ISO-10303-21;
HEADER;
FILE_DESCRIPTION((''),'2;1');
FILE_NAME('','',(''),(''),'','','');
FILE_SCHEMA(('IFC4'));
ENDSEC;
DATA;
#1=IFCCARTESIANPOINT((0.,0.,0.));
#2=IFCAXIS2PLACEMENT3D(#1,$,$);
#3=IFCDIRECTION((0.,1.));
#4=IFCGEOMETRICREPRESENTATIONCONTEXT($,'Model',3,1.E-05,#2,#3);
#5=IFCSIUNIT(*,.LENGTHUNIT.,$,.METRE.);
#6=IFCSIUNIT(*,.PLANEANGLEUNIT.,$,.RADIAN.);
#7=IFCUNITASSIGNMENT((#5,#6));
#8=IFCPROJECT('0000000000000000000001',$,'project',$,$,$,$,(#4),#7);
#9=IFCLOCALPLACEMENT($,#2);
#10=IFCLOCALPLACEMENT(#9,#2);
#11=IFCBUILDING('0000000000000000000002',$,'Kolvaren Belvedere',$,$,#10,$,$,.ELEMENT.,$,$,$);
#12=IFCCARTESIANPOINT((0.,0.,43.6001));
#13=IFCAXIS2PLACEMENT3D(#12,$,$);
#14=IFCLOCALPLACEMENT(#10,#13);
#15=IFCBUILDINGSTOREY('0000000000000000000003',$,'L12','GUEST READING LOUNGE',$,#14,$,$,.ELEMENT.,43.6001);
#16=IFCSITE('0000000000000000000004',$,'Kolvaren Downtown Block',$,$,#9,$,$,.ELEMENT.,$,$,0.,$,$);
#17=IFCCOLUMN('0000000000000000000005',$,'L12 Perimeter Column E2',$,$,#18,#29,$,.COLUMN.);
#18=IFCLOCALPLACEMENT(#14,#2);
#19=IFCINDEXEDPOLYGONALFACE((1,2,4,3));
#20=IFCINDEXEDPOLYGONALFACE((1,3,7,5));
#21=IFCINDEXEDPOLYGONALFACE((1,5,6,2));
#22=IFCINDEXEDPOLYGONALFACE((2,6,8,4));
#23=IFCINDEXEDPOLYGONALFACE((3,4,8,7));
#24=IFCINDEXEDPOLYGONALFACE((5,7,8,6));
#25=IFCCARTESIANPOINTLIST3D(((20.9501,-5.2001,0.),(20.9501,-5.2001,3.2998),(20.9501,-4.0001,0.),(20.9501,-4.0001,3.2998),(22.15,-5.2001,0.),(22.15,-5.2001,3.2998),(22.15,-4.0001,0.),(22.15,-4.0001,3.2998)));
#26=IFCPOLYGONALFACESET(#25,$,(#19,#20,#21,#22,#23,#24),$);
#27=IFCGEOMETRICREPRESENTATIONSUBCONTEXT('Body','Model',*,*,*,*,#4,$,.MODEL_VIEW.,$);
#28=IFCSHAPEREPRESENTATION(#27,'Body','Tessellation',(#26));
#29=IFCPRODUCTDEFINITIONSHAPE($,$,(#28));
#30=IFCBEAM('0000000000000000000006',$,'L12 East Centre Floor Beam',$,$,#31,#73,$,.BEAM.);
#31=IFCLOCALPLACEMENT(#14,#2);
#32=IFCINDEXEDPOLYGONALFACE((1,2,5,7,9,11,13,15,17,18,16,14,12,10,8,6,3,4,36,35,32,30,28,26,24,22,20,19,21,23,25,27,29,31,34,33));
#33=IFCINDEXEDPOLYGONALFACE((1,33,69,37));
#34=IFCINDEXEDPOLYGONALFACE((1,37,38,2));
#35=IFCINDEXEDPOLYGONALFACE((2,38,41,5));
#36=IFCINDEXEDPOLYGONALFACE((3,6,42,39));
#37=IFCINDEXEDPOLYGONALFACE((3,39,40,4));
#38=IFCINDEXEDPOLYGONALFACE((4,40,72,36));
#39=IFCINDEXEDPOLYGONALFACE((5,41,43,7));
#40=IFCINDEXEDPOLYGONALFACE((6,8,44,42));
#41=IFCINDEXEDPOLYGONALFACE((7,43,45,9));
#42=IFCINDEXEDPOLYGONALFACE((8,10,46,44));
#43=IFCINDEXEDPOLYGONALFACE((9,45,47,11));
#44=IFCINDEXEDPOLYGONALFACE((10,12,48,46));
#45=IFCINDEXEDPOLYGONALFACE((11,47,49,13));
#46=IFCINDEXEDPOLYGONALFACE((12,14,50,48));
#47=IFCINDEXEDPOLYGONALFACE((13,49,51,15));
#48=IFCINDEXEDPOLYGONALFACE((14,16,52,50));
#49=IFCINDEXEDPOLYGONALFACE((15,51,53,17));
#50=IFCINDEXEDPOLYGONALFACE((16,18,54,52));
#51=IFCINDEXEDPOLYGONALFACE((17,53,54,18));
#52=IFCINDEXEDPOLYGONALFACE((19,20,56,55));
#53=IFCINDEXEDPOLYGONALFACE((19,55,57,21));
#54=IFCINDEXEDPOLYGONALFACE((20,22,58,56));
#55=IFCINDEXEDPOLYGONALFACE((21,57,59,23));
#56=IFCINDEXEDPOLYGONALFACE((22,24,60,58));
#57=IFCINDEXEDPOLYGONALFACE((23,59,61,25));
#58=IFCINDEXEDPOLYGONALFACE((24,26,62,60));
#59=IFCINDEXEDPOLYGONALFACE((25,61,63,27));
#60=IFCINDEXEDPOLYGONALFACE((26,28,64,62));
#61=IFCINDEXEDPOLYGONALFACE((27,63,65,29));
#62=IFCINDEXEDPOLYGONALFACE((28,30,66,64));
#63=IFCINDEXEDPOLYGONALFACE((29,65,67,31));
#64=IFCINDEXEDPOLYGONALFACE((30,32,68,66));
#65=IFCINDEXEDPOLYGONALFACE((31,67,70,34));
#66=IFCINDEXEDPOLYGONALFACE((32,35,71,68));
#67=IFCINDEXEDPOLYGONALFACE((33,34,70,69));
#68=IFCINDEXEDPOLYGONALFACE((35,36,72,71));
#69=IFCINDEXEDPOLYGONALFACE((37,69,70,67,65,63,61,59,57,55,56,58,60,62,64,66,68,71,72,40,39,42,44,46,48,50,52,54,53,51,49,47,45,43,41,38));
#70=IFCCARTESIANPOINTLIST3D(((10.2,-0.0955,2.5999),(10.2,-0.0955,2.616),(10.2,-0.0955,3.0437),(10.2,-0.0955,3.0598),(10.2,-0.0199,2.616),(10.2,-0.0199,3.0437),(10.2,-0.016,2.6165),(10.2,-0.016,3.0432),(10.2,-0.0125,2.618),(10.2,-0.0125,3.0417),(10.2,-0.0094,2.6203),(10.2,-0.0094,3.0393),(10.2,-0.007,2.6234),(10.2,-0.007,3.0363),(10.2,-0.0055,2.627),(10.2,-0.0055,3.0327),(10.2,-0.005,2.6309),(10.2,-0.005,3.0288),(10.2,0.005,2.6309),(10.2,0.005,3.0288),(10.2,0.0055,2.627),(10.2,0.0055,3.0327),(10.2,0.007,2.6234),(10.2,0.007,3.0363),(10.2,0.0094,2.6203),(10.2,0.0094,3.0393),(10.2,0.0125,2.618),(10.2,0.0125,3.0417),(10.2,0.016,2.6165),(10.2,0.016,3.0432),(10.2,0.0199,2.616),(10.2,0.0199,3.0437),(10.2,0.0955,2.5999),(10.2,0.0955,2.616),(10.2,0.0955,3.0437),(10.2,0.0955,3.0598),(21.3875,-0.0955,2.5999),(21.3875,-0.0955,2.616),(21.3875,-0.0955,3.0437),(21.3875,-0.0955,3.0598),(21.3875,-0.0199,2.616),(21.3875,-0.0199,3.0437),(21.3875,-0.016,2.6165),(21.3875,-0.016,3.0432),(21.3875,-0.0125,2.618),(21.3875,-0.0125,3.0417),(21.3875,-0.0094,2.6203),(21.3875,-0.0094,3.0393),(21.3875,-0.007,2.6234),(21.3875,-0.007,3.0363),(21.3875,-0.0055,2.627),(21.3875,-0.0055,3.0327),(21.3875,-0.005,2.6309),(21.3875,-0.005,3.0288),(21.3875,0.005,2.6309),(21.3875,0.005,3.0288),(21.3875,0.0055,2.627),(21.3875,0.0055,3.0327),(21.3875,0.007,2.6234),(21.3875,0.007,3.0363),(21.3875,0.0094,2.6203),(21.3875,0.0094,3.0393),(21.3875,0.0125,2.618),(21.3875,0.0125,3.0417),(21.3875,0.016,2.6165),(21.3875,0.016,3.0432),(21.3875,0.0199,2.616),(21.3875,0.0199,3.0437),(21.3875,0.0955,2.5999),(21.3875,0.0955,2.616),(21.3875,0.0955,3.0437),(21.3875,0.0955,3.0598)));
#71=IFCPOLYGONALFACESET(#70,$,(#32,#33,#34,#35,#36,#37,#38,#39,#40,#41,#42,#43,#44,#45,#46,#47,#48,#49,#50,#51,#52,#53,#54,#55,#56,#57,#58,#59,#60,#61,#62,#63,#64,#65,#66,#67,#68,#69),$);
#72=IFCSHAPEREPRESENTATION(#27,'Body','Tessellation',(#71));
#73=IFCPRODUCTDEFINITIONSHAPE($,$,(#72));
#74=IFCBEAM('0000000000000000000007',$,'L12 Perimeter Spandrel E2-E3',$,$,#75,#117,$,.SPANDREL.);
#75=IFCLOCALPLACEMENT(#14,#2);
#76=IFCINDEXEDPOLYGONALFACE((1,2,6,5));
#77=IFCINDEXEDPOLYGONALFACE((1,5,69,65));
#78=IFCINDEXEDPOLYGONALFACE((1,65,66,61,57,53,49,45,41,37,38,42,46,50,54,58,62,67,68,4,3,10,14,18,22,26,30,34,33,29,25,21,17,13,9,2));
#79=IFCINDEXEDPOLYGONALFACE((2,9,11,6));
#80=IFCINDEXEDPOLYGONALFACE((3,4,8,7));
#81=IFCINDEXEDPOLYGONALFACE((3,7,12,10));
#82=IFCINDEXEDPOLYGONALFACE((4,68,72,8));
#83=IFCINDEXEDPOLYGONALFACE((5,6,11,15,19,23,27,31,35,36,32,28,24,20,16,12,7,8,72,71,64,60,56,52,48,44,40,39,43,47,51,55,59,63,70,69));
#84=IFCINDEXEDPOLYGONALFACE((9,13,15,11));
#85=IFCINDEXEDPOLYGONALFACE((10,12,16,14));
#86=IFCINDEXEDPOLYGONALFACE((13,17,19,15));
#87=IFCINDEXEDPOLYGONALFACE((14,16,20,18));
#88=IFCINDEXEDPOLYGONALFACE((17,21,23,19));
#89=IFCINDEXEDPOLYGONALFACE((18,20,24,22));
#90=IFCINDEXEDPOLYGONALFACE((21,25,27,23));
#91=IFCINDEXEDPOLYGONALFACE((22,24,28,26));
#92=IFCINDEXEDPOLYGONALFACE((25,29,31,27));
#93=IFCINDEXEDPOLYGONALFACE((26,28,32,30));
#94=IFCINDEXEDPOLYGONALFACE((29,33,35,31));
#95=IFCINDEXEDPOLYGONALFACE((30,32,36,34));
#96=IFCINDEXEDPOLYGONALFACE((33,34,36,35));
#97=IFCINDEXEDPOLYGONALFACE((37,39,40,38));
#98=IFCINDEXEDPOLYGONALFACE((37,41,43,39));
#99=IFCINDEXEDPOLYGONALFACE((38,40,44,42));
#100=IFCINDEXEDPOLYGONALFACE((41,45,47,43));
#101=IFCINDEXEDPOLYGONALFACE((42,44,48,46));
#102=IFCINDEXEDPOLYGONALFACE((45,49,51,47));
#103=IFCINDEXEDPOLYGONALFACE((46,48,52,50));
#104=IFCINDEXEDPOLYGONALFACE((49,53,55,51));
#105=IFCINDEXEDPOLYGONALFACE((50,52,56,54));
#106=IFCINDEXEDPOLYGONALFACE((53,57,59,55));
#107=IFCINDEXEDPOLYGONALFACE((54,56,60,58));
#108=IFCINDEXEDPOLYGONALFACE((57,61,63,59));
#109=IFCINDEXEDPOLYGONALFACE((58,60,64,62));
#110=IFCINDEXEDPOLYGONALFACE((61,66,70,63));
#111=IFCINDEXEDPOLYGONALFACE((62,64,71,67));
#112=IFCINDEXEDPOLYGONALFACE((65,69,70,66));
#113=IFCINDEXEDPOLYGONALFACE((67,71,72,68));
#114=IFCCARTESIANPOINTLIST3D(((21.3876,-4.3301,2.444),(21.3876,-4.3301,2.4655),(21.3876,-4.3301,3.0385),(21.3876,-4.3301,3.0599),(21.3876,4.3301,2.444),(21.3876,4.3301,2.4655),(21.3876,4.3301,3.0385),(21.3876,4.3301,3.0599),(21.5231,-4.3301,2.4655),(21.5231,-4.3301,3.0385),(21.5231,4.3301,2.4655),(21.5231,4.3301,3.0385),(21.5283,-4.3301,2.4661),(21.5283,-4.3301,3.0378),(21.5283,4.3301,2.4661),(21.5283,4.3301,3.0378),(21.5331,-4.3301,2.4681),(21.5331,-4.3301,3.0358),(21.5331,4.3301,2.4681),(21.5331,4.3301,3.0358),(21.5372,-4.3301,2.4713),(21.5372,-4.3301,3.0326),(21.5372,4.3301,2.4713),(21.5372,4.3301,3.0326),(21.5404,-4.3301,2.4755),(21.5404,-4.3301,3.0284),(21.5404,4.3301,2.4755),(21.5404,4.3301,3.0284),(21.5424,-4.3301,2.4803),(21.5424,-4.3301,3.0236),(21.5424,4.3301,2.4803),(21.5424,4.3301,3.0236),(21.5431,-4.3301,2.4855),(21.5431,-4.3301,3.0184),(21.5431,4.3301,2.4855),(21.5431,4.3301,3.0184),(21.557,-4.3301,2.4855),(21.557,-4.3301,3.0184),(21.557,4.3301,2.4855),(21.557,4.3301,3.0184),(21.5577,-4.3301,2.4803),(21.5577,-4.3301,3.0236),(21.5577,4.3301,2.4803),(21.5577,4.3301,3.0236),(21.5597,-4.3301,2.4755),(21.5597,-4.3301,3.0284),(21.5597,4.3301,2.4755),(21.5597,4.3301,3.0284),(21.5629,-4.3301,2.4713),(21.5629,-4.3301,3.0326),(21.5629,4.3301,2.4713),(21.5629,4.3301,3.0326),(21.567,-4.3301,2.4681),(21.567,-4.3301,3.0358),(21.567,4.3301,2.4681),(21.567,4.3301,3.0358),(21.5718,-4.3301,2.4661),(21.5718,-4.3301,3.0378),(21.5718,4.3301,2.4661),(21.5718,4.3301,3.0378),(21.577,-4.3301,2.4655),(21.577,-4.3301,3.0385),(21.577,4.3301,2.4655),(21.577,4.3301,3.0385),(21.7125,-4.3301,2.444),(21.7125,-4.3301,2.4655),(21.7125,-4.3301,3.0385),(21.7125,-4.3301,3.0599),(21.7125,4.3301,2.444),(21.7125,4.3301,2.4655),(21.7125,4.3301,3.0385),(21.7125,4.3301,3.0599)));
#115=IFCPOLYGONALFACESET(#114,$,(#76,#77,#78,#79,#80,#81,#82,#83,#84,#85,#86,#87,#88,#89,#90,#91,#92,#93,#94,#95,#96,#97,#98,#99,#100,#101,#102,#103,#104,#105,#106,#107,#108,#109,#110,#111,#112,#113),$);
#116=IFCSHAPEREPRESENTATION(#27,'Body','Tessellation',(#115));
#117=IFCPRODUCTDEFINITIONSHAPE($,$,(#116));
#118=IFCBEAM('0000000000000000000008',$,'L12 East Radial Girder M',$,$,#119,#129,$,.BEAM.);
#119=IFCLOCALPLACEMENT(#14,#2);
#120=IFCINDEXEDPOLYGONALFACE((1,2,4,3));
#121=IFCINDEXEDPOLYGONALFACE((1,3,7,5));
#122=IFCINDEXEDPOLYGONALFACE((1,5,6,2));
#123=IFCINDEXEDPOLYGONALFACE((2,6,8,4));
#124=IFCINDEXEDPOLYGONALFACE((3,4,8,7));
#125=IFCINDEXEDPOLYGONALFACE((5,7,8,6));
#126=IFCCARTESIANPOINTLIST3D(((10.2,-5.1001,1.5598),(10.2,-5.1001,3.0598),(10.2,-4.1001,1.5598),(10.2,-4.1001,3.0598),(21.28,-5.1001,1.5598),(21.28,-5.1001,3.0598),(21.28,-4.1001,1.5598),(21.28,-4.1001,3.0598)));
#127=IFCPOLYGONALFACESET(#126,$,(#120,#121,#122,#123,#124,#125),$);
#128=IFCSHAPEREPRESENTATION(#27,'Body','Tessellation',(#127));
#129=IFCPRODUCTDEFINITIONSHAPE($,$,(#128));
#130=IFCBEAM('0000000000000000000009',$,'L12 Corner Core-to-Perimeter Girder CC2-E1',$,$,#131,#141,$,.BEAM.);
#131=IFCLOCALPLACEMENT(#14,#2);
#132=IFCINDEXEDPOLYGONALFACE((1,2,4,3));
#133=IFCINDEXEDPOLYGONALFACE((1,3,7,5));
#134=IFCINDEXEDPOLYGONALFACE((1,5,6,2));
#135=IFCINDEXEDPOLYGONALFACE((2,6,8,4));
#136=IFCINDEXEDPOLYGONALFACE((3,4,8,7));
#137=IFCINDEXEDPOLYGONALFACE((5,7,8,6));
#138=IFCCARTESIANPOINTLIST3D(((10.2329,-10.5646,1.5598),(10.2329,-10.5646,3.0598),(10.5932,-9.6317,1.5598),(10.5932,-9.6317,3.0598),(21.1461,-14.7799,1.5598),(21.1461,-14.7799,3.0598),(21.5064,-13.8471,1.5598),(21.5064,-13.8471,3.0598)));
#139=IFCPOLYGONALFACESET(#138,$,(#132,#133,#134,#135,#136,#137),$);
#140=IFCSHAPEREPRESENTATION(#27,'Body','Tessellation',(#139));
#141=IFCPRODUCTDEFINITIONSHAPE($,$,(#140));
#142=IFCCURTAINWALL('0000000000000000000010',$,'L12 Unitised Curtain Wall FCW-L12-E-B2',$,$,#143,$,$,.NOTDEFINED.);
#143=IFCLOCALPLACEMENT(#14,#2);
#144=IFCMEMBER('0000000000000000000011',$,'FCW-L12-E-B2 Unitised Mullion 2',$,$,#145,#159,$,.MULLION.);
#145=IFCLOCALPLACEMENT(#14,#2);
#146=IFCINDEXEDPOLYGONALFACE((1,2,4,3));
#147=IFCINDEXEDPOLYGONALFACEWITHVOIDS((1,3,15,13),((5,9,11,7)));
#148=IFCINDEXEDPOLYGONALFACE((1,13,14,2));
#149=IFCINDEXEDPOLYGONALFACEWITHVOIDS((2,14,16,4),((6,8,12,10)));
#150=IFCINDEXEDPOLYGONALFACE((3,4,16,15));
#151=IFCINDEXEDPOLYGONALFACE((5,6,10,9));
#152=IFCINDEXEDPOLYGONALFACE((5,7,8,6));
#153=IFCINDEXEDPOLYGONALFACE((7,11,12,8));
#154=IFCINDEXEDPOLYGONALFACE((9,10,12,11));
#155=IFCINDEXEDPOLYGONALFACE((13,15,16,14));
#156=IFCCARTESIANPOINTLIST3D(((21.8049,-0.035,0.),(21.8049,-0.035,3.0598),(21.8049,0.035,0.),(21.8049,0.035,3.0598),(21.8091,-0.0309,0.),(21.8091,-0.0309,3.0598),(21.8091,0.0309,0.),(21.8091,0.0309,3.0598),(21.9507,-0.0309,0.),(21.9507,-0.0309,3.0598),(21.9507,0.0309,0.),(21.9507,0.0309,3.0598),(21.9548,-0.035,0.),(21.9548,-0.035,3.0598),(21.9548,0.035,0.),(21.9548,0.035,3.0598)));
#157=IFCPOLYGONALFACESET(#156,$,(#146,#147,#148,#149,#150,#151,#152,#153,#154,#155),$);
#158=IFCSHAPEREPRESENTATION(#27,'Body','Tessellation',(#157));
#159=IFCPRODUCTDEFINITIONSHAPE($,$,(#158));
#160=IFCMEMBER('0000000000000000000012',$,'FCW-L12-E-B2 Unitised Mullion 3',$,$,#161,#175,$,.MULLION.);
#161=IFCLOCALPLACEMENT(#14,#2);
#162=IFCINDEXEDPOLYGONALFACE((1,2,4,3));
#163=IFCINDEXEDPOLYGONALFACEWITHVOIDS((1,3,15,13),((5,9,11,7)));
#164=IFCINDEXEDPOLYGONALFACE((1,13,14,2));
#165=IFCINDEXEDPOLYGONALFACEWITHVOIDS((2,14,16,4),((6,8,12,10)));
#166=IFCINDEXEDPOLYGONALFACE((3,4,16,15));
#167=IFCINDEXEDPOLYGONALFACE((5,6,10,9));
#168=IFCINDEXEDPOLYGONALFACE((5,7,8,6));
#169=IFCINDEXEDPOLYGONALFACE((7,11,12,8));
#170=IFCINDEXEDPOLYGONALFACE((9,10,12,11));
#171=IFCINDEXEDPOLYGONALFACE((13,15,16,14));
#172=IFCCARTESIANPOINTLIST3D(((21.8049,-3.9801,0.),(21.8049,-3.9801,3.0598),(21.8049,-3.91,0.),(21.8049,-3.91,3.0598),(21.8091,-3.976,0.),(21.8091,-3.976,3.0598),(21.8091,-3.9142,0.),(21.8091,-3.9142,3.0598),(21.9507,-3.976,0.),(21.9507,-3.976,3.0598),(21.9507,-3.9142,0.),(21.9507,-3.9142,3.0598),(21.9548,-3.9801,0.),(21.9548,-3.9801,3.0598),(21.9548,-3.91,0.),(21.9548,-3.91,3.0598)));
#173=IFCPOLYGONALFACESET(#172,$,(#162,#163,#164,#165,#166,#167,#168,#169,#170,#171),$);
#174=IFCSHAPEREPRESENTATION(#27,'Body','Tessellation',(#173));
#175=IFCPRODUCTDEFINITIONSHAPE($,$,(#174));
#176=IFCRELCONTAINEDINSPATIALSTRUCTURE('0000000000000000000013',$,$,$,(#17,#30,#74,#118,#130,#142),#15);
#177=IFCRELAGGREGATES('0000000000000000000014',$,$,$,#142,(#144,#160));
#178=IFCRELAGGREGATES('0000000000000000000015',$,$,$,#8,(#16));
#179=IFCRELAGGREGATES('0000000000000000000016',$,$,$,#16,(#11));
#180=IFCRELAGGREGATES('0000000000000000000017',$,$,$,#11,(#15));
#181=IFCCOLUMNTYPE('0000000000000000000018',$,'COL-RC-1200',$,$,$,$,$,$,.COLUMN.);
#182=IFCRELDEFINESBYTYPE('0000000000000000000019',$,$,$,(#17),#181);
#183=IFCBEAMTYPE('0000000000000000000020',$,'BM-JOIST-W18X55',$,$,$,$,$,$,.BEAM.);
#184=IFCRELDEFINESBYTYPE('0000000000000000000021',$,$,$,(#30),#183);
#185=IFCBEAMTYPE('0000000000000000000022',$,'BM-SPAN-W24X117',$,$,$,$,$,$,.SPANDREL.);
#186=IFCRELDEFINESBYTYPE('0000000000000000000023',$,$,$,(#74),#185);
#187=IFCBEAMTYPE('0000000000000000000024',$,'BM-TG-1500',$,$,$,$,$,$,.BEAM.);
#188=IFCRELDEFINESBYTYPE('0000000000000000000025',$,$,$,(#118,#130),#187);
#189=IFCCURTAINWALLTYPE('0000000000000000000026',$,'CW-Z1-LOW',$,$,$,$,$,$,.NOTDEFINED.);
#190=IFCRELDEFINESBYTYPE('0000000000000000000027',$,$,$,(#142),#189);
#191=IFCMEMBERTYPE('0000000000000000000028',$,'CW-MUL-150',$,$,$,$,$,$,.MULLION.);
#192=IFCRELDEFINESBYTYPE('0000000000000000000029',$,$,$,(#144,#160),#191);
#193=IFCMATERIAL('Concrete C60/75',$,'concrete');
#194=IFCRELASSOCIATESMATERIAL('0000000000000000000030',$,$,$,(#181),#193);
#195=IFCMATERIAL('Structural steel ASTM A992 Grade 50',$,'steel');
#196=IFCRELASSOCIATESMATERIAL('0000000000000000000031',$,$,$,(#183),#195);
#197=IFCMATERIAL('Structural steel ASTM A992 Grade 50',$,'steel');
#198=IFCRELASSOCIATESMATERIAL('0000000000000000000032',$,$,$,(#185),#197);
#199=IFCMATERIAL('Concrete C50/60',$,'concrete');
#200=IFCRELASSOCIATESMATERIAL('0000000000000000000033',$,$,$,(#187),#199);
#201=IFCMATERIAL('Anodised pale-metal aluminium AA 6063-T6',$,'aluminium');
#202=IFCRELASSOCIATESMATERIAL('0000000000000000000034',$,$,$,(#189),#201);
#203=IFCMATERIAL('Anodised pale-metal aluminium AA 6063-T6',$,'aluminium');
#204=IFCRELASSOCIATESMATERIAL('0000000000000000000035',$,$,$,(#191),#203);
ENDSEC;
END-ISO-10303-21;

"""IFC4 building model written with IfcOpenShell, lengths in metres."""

from ifc_helpers import new_model, si_unit, direction, frame, origin, origin_2d, place, context, subcontext, project, spatial, rectangle, hollow_rectangle, i_section, extrude, material, material_profile, profile_set, type_object, element, aggregate, save


model = new_model("IFC4")

# Units and contexts
model_context = context("Model", 3, precision=1e-05, world=origin(), true_north=direction((0.0, 1.0)))
body_context = subcontext(model_context, "Body", "Model", "MODEL_VIEW")
ifc_project = project(units=[si_unit("LENGTHUNIT", "METRE"), si_unit("PLANEANGLEUNIT", "RADIAN")], contexts=[model_context])

# Site, building, storey
site_placement = place(None, origin())
site = spatial("IfcSite", under=ifc_project, at=site_placement, Name="Kolvaren Downtown Block", CompositionType="ELEMENT", RefElevation=0.0)
building_placement = place(site_placement, origin())
building = spatial("IfcBuilding", under=site, at=building_placement, Name="Kolvaren Belvedere", CompositionType="ELEMENT")
storey_placement = place(building_placement, frame((0.0, 0.0, 43.6001)))
storey = spatial("IfcBuildingStorey", under=building, at=storey_placement, Name="L12", Description="GUEST READING LOUNGE", CompositionType="ELEMENT", Elevation=43.6001)

# Column
ifc_material_1 = material(Name="Concrete C60/75", Category="concrete")
ifc_material_profile_1 = material_profile(ifc_material_1, rectangle(XDim=1.2, YDim=1.2, at=origin_2d()), Name="RC 1200X1200")
ifc_profile_set_1 = profile_set([ifc_material_profile_1], Name="Concrete C60/75")
column_type = type_object("IfcColumnType", Name="COL-RC-1200", PredefinedType="COLUMN", material=ifc_profile_set_1)
column_placement = place(storey_placement, frame((21.55, -4.6001, 0.0), z_axis=(0.0, 0.0, 1.0), x_axis=(1.0, 0.0, 0.0)))
element("IfcColumn", 1, at=column_placement, inside=storey, type_object=column_type, Name="L12 Perimeter Column E2", PredefinedType="COLUMN", context=body_context, shape_type="SweptSolid", body=[
    extrude(rectangle(XDim=1.2, YDim=1.2, at=origin_2d()), origin(), (0.0, 0.0, 1.0), 3.2998),
])

# Beams
ifc_material_2 = material(Name="Structural steel ASTM A992 Grade 50", Category="steel")
ifc_material_profile_2 = material_profile(ifc_material_2, i_section(OverallWidth=0.1909, OverallDepth=0.46, WebThickness=0.01, FlangeThickness=0.0161, FilletRadius=0.0149, at=origin_2d()), Name="W18X55")
ifc_profile_set_2 = profile_set([ifc_material_profile_2], Name="Structural steel ASTM A992 Grade 50")
beam_type_1 = type_object("IfcBeamType", Name="BM-JOIST-W18X55", PredefinedType="BEAM", material=ifc_profile_set_2)
beam_1_placement = place(storey_placement, frame((10.2, 0.0, 2.8298), z_axis=(1.0, 0.0, 0.0), x_axis=(0.0, 1.0, 0.0)))
element("IfcBeam", 2, at=beam_1_placement, inside=storey, type_object=beam_type_1, Name="L12 East Centre Floor Beam", PredefinedType="BEAM", context=body_context, shape_type="SweptSolid", body=[
    extrude(i_section(OverallWidth=0.1909, OverallDepth=0.46, WebThickness=0.01, FlangeThickness=0.0161, FilletRadius=0.0149, at=origin_2d()), origin(), (0.0, 0.0, 1.0), 11.1875),
])
ifc_material_3 = material(Name="Structural steel ASTM A992 Grade 50", Category="steel")
ifc_material_profile_3 = material_profile(ifc_material_3, i_section(OverallWidth=0.325, OverallDepth=0.616, WebThickness=0.0139, FlangeThickness=0.0215, FilletRadius=0.02, at=origin_2d()), Name="W24X117")
ifc_profile_set_3 = profile_set([ifc_material_profile_3], Name="Structural steel ASTM A992 Grade 50")
beam_type_2 = type_object("IfcBeamType", Name="BM-SPAN-W24X117", PredefinedType="SPANDREL", material=ifc_profile_set_3)
beam_2_placement = place(storey_placement, frame((21.55, -4.3301, 2.752), z_axis=(0.0, 1.0, 0.0), x_axis=(-1.0, 0.0, 0.0)))
element("IfcBeam", 3, at=beam_2_placement, inside=storey, type_object=beam_type_2, Name="L12 Perimeter Spandrel E2-E3", PredefinedType="SPANDREL", context=body_context, shape_type="SweptSolid", body=[
    extrude(i_section(OverallWidth=0.325, OverallDepth=0.616, WebThickness=0.0139, FlangeThickness=0.0215, FilletRadius=0.02, at=origin_2d()), origin(), (0.0, 0.0, 1.0), 8.6602),
])
ifc_material_4 = material(Name="Concrete C50/60", Category="concrete")
ifc_material_profile_4 = material_profile(ifc_material_4, rectangle(XDim=1.0, YDim=1.5, at=origin_2d()), Name="RC 1000X1500")
ifc_profile_set_4 = profile_set([ifc_material_profile_4], Name="Concrete C50/60")
beam_type_3 = type_object("IfcBeamType", Name="BM-TG-1500", PredefinedType="BEAM", material=ifc_profile_set_4)
beam_3_placement = place(storey_placement, frame((10.2, -4.6001, 2.3098), z_axis=(1.0, 0.0, 0.0), x_axis=(0.0, 1.0, 0.0)))
element("IfcBeam", 4, at=beam_3_placement, inside=storey, type_object=beam_type_3, Name="L12 East Radial Girder M", PredefinedType="BEAM", context=body_context, shape_type="SweptSolid", body=[
    extrude(rectangle(XDim=1.0, YDim=1.5, at=origin_2d()), origin(), (0.0, 0.0, 1.0), 11.0801),
])
beam_4_placement = place(storey_placement, frame((10.4131, -10.0981, 2.3098), z_axis=(0.932829, -0.360318, 0.0), x_axis=(0.360318, 0.932829, 0.0)))
element("IfcBeam", 5, at=beam_4_placement, inside=storey, type_object=beam_type_3, Name="L12 Corner Core-to-Perimeter Girder CC2-E1", PredefinedType="BEAM", context=body_context, shape_type="SweptSolid", body=[
    extrude(rectangle(XDim=1.0, YDim=1.5, at=origin_2d()), origin(), (0.0, 0.0, 1.0), 11.699),
])

# Curtain wall, members
ifc_material_5 = material(Name="Anodised pale-metal aluminium AA 6063-T6", Category="aluminium")
curtain_wall_type = type_object("IfcCurtainWallType", Name="CW-Z1-LOW", PredefinedType="NOTDEFINED", material=ifc_material_5)
curtain_wall_1_placement = place(storey_placement, origin())
curtain_wall_1 = element("IfcCurtainWall", 6, at=curtain_wall_1_placement, inside=storey, type_object=curtain_wall_type, Name="L12 Unitised Curtain Wall FCW-L12-E-B2", PredefinedType="NOTDEFINED")
ifc_material_6 = material(Name="Anodised pale-metal aluminium AA 6063-T6", Category="aluminium")
ifc_material_profile_5 = material_profile(ifc_material_6, hollow_rectangle(XDim=0.0701, YDim=0.1499, WallThickness=0.0042, at=origin_2d()), Name="ALU-MUL-150X70")
ifc_profile_set_5 = profile_set([ifc_material_profile_5], Name="Anodised pale-metal aluminium AA 6063-T6")
member_type_1 = type_object("IfcMemberType", Name="CW-MUL-150", PredefinedType="MULLION", material=ifc_profile_set_5)
member_1_placement = place(storey_placement, frame((21.8799, 0.0, 0.0), z_axis=(0.0, 0.0, 1.0), x_axis=(0.0, 1.0, 0.0)))
member_1 = element("IfcMember", 7, at=member_1_placement, type_object=member_type_1, Name="FCW-L12-E-B2 Unitised Mullion 2", PredefinedType="MULLION", context=body_context, shape_type="SweptSolid", body=[
    extrude(hollow_rectangle(XDim=0.0701, YDim=0.1499, WallThickness=0.0042, at=origin_2d()), origin(), (0.0, 0.0, 1.0), 3.0598),
])
member_2_placement = place(storey_placement, frame((21.8799, -3.9451, 0.0), z_axis=(0.0, 0.0, 1.0), x_axis=(0.0, 1.0, 0.0)))
member_2 = element("IfcMember", 8, at=member_2_placement, type_object=member_type_1, Name="FCW-L12-E-B2 Unitised Mullion 3", PredefinedType="MULLION", context=body_context, shape_type="SweptSolid", body=[
    extrude(hollow_rectangle(XDim=0.0701, YDim=0.1499, WallThickness=0.0042, at=origin_2d()), origin(), (0.0, 0.0, 1.0), 3.0598),
])

aggregate(curtain_wall_1, [member_1, member_2])

save(model, "model.ifc")
